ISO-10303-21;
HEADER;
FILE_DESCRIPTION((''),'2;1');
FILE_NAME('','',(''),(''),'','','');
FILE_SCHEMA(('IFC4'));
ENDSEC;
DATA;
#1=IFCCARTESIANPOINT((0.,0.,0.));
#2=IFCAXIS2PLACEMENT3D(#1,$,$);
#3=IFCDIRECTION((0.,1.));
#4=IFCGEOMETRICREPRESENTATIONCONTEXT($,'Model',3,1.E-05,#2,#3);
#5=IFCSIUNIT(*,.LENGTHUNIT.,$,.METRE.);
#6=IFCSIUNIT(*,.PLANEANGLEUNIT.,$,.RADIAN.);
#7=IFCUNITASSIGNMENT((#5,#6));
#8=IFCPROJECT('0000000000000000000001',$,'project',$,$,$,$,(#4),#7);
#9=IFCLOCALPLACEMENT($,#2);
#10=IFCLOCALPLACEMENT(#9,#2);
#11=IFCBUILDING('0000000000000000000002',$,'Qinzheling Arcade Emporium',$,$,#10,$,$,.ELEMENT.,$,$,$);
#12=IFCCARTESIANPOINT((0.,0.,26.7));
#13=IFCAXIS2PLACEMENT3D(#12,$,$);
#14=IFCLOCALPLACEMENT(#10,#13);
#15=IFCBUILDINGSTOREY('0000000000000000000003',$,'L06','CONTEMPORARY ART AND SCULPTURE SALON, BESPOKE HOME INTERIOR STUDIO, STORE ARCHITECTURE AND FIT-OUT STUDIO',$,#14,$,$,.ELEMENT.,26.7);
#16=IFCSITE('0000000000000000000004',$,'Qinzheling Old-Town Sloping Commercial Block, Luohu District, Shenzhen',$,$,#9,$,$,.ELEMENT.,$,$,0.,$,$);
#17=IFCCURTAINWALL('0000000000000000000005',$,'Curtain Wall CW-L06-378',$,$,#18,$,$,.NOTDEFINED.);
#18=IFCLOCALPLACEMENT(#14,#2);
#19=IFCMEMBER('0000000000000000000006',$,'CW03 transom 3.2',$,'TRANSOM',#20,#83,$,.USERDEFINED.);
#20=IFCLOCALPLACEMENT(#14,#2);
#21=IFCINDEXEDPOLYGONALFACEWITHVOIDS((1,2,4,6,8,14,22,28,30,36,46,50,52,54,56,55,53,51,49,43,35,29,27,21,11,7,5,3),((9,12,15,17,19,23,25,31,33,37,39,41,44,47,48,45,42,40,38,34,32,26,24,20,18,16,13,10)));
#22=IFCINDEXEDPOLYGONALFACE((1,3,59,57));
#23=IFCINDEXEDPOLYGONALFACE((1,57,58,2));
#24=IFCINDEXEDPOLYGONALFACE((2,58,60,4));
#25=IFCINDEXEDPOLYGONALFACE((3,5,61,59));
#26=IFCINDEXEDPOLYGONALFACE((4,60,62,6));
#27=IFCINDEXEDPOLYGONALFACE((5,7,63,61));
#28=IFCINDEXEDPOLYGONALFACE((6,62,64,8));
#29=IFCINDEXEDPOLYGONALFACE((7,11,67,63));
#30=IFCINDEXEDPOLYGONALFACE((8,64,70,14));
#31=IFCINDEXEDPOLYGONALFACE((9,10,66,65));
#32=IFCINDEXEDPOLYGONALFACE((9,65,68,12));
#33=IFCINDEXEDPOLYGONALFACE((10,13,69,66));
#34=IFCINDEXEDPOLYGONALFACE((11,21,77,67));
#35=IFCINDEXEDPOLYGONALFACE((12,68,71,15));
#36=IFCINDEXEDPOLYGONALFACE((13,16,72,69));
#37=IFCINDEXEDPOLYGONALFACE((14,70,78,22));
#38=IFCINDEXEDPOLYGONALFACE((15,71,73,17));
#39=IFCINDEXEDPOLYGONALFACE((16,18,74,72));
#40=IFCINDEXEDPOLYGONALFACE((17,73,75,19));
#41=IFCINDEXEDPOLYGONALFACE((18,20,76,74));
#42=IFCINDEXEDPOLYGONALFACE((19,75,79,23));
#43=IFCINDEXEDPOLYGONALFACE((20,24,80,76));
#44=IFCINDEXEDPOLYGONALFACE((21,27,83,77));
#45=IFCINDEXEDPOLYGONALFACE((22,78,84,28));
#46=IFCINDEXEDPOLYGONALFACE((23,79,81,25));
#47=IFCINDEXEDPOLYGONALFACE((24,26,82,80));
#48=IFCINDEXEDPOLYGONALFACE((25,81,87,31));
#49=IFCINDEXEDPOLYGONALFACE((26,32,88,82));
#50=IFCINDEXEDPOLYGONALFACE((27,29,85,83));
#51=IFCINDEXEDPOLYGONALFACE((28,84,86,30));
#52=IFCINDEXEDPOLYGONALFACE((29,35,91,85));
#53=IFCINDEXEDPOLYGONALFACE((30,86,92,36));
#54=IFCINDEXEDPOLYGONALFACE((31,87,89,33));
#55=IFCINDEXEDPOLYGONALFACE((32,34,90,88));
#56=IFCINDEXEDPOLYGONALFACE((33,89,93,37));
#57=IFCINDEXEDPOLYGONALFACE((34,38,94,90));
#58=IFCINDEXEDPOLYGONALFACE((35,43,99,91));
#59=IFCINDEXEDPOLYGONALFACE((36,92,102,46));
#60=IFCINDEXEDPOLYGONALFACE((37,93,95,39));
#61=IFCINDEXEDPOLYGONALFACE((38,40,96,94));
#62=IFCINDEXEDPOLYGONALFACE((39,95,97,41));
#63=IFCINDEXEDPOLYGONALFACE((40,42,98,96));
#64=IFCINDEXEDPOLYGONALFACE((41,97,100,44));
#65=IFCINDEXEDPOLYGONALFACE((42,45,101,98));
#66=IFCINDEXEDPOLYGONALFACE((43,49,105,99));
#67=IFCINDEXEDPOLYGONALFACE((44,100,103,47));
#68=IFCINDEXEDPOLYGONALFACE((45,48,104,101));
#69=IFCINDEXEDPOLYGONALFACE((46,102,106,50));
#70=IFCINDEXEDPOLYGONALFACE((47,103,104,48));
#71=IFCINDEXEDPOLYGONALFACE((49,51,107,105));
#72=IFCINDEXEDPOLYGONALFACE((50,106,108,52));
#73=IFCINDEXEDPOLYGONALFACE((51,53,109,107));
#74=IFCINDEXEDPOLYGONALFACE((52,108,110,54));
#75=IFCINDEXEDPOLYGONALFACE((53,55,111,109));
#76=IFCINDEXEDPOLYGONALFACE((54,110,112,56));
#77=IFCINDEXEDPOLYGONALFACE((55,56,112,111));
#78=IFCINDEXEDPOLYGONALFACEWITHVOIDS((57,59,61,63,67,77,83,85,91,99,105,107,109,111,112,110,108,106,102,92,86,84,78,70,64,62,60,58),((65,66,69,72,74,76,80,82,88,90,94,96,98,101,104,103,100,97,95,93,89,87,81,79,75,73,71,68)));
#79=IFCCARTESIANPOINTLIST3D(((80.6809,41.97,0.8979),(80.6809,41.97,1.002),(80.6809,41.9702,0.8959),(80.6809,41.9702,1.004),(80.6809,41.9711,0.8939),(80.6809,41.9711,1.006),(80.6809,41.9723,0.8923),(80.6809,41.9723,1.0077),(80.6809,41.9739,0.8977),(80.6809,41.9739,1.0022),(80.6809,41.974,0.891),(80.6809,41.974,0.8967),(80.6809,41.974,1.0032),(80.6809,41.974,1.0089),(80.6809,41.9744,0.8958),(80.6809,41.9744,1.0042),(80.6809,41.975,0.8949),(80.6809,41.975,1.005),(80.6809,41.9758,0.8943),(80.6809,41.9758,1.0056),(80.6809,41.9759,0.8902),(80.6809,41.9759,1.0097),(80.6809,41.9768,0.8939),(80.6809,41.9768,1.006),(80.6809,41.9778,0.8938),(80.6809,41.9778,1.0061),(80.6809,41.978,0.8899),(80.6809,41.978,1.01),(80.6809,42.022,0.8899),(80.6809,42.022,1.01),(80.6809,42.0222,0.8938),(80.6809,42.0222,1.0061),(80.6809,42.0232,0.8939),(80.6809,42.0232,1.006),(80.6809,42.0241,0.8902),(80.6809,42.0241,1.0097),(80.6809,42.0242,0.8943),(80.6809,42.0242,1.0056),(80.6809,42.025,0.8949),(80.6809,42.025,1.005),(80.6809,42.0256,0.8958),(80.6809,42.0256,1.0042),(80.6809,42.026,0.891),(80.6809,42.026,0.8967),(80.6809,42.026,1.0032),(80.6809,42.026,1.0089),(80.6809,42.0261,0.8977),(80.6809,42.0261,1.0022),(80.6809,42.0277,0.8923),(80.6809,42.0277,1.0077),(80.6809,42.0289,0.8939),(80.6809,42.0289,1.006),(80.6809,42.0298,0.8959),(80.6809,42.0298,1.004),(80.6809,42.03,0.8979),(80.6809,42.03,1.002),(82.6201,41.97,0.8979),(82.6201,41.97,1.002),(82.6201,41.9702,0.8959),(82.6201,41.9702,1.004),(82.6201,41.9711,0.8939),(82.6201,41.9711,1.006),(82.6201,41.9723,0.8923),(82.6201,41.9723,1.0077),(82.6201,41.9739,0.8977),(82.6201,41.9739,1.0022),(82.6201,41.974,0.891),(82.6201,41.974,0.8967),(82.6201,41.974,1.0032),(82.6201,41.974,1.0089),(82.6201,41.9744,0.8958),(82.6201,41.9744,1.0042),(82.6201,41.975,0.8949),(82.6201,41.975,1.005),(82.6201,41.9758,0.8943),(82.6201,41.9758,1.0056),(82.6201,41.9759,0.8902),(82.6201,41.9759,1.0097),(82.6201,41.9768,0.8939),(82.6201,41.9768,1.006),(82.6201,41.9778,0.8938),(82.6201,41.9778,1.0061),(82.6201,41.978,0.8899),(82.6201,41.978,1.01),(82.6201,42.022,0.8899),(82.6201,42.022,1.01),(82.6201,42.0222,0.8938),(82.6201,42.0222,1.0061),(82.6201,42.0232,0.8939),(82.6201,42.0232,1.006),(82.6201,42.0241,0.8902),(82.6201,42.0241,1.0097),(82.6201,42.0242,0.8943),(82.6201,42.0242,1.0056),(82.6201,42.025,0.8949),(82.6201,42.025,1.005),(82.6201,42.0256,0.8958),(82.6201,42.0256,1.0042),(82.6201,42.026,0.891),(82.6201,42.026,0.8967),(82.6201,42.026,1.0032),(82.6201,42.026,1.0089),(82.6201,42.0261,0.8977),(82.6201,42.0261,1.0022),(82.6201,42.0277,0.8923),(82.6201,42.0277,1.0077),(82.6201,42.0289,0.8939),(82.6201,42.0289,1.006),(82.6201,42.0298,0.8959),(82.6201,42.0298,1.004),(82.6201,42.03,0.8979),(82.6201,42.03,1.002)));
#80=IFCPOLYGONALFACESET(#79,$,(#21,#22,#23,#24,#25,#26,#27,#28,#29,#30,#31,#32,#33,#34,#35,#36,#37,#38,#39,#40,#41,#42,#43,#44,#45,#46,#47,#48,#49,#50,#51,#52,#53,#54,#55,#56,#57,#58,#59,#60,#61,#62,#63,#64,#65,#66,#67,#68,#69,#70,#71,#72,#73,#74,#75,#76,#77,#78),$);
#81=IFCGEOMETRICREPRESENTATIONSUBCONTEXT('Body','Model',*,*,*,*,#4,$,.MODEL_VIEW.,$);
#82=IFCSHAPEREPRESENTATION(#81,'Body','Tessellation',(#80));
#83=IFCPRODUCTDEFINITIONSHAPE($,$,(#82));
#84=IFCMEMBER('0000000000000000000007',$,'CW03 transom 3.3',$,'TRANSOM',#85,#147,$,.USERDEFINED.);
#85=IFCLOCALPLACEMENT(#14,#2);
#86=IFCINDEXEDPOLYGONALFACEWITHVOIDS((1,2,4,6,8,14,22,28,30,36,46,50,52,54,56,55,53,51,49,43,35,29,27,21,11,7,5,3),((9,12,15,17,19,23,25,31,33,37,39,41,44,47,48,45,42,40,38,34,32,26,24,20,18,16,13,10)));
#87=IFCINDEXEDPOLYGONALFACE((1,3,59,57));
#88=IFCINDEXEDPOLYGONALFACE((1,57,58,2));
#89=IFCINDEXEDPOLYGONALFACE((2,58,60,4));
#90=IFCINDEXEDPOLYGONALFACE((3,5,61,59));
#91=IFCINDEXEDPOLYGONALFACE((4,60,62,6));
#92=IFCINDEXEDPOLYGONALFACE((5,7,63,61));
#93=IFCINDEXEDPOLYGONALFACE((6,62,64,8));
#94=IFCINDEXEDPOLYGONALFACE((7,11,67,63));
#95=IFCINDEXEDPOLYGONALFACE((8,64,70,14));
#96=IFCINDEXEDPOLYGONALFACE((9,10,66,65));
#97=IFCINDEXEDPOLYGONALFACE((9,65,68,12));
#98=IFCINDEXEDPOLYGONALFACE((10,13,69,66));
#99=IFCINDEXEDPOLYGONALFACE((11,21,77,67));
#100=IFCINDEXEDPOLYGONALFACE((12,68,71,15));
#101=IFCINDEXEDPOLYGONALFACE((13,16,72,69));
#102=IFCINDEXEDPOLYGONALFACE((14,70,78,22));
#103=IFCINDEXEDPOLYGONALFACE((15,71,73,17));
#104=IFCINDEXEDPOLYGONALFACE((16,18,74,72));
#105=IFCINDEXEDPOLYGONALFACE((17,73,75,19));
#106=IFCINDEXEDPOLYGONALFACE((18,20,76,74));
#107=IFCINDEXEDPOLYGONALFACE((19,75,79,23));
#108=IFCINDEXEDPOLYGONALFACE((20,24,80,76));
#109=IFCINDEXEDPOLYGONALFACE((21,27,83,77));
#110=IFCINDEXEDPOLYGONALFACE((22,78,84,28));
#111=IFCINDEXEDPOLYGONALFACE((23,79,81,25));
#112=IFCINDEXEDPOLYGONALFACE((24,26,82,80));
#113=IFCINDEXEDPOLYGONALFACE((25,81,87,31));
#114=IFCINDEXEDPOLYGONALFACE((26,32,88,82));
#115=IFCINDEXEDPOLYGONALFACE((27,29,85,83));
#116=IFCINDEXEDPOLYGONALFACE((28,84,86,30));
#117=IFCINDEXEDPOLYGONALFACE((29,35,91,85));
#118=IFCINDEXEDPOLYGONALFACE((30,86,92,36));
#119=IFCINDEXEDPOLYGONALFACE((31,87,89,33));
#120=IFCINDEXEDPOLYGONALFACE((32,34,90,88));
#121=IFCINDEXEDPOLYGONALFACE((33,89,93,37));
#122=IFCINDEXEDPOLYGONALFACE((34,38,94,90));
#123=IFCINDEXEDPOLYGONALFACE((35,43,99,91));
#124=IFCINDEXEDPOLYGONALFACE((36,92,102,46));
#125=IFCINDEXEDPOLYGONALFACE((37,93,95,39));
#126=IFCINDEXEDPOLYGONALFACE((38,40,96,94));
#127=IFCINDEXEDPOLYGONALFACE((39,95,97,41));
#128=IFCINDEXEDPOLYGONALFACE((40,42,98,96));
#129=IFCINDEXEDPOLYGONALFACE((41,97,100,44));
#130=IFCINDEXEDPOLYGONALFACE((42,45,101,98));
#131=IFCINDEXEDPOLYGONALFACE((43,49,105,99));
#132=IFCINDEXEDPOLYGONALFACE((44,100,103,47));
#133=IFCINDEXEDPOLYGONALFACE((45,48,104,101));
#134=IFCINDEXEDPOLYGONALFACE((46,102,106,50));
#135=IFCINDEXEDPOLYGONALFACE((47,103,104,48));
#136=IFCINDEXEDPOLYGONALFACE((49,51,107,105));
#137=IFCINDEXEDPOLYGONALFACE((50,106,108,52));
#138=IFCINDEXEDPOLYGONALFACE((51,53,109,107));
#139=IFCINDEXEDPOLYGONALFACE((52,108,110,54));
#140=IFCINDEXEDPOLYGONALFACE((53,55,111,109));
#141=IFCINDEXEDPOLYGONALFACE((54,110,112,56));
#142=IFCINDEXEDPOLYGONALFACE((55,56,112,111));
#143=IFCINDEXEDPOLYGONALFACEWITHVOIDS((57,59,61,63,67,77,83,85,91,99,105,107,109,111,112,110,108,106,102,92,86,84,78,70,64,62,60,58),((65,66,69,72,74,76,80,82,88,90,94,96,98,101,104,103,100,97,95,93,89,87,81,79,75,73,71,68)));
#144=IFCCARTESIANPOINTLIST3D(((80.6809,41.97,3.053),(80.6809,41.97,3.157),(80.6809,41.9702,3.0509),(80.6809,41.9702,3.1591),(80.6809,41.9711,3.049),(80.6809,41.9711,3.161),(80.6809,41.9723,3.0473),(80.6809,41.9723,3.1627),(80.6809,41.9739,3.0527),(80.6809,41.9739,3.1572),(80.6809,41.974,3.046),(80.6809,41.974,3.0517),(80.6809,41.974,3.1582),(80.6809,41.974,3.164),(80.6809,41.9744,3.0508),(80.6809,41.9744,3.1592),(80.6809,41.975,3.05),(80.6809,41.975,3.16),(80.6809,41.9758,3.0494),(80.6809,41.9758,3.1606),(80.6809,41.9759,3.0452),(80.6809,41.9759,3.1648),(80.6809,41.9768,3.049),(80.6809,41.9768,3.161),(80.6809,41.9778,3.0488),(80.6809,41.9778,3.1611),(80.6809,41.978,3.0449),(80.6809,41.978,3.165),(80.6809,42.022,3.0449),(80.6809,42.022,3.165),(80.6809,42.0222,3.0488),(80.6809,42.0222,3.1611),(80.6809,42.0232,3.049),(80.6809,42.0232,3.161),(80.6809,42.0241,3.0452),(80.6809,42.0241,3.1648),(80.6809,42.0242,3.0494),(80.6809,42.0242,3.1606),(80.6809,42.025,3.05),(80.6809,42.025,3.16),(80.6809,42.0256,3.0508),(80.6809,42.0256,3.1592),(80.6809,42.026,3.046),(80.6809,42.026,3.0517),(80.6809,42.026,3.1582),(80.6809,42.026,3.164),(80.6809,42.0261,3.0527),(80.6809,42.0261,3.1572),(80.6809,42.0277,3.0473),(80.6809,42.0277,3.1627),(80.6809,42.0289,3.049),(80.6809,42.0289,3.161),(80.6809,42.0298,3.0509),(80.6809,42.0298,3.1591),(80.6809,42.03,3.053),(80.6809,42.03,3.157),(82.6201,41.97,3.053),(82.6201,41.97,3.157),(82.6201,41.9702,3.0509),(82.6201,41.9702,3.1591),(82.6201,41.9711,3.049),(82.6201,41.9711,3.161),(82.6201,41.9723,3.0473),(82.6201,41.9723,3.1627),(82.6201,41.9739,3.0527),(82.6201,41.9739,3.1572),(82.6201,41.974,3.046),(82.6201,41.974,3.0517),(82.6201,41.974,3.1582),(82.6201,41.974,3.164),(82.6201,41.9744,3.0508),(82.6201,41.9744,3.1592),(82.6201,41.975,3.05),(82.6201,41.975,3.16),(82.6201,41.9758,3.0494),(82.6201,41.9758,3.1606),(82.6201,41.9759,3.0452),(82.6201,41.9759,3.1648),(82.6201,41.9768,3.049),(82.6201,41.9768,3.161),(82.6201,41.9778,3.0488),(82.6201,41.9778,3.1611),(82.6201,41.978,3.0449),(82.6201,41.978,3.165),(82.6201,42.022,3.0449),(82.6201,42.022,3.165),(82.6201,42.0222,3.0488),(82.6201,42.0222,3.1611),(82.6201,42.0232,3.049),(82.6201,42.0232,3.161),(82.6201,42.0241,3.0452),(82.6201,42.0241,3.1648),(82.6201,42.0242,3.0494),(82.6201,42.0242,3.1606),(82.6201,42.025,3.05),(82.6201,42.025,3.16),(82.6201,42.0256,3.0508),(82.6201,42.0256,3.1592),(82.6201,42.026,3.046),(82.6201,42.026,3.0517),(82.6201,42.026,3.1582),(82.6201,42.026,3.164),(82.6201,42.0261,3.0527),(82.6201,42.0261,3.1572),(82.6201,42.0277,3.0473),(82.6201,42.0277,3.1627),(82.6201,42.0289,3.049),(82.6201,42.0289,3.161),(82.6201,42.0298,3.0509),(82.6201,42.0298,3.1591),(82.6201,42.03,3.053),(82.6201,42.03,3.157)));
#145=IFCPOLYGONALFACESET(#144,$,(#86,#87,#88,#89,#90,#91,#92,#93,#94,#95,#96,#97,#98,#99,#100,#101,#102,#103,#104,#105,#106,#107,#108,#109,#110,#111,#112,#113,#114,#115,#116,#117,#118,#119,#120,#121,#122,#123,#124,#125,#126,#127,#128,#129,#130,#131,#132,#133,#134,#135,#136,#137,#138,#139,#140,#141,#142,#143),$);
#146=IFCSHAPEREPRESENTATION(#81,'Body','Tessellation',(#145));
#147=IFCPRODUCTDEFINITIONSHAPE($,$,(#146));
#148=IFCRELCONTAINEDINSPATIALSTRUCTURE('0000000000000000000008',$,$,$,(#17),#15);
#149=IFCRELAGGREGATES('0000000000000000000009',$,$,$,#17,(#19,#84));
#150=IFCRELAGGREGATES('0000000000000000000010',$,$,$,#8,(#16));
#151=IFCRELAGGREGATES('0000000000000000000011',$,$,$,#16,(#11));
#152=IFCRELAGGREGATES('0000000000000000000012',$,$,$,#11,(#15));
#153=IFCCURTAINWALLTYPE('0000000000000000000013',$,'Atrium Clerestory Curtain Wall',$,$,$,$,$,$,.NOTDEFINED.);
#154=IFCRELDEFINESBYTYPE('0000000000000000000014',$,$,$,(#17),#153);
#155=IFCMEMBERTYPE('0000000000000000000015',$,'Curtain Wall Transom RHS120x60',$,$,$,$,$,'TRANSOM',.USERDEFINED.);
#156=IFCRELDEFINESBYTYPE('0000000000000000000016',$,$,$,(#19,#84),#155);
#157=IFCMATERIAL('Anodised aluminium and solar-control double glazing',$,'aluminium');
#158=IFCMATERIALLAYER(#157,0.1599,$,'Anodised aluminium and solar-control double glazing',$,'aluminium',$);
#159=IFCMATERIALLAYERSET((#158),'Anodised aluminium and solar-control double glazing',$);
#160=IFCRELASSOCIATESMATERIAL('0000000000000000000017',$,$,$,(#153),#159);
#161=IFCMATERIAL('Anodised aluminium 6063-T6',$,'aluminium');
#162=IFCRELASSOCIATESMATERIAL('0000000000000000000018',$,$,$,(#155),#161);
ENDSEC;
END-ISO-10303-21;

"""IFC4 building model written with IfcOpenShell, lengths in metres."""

from ifc_helpers import new_model, si_unit, direction, frame, origin, origin_2d, place, context, subcontext, project, spatial, hollow_rectangle, extrude, material, layer, layer_set, material_profile, profile_set, type_object, element, aggregate, save


model = new_model("IFC4")

# Units and contexts
model_context = context("Model", 3, precision=1e-05, world=origin(), true_north=direction((0.0, 1.0)))
body_context = subcontext(model_context, "Body", "Model", "MODEL_VIEW")
ifc_project = project(units=[si_unit("LENGTHUNIT", "METRE"), si_unit("PLANEANGLEUNIT", "RADIAN")], contexts=[model_context])

# Site, building, storey
site_placement = place(None, origin())
site = spatial("IfcSite", under=ifc_project, at=site_placement, Name="Qinzheling Old-Town Sloping Commercial Block, Luohu District, Shenzhen", CompositionType="ELEMENT", RefElevation=0.0)
building_placement = place(site_placement, origin())
building = spatial("IfcBuilding", under=site, at=building_placement, Name="Qinzheling Arcade Emporium", CompositionType="ELEMENT")
storey_placement = place(building_placement, frame((0.0, 0.0, 26.7)))
storey = spatial("IfcBuildingStorey", under=building, at=storey_placement, Name="L06", Description="CONTEMPORARY ART AND SCULPTURE SALON, BESPOKE HOME INTERIOR STUDIO, STORE ARCHITECTURE AND FIT-OUT STUDIO", CompositionType="ELEMENT", Elevation=26.7)

# Curtain wall, members
ifc_material_1 = material(Name="Anodised aluminium and solar-control double glazing", Category="aluminium")
ifc_layer_1 = layer(ifc_material_1, 0.1599, Name="Anodised aluminium and solar-control double glazing", Category="aluminium")
ifc_layer_set_1 = layer_set([ifc_layer_1], Name="Anodised aluminium and solar-control double glazing")
curtain_wall_type = type_object("IfcCurtainWallType", Name="Atrium Clerestory Curtain Wall", PredefinedType="NOTDEFINED", material=ifc_layer_set_1)
curtain_wall_placement = place(storey_placement, origin())
curtain_wall = element("IfcCurtainWall", 1, at=curtain_wall_placement, inside=storey, type_object=curtain_wall_type, Name="Curtain Wall CW-L06-378", PredefinedType="NOTDEFINED")
ifc_material_2 = material(Name="Anodised aluminium 6063-T6", Category="aluminium")
ifc_material_profile_1 = material_profile(ifc_material_2, hollow_rectangle(XDim=0.0601, YDim=0.1201, WallThickness=0.0039, InnerFilletRadius=0.0039, OuterFilletRadius=0.0081, at=origin_2d()), Name="RHS 120x60x4", Category="aluminium")
ifc_profile_set_1 = profile_set([ifc_material_profile_1], Name="Anodised aluminium 6063-T6")
member_type_1 = type_object("IfcMemberType", Name="Curtain Wall Transom RHS120x60", ElementType="TRANSOM", PredefinedType="USERDEFINED", material=ifc_profile_set_1)
member_1_placement = place(storey_placement, frame((82.6201, 42.0, 0.95), z_axis=(-1.0, 0.0, 0.0), x_axis=(0.0, -1.0, 0.0)))
member_1 = element("IfcMember", 2, at=member_1_placement, type_object=member_type_1, Name="CW03 transom 3.2", ObjectType="TRANSOM", PredefinedType="USERDEFINED", context=body_context, shape_type="SweptSolid", body=[
    extrude(hollow_rectangle(XDim=0.0601, YDim=0.1201, WallThickness=0.0039, InnerFilletRadius=0.0039, OuterFilletRadius=0.0081, at=origin_2d()), origin(), (0.0, 0.0, 1.0), 1.9392),
])
member_2_placement = place(storey_placement, frame((82.6201, 42.0, 3.105), z_axis=(-1.0, 0.0, 0.0), x_axis=(0.0, -1.0, 0.0)))
member_2 = element("IfcMember", 3, at=member_2_placement, type_object=member_type_1, Name="CW03 transom 3.3", ObjectType="TRANSOM", PredefinedType="USERDEFINED", context=body_context, shape_type="SweptSolid", body=[
    extrude(hollow_rectangle(XDim=0.0601, YDim=0.1201, WallThickness=0.0039, InnerFilletRadius=0.0039, OuterFilletRadius=0.0081, at=origin_2d()), origin(), (0.0, 0.0, 1.0), 1.9392),
])
aggregate(curtain_wall, [member_1, member_2])

save(model, "model.ifc")
